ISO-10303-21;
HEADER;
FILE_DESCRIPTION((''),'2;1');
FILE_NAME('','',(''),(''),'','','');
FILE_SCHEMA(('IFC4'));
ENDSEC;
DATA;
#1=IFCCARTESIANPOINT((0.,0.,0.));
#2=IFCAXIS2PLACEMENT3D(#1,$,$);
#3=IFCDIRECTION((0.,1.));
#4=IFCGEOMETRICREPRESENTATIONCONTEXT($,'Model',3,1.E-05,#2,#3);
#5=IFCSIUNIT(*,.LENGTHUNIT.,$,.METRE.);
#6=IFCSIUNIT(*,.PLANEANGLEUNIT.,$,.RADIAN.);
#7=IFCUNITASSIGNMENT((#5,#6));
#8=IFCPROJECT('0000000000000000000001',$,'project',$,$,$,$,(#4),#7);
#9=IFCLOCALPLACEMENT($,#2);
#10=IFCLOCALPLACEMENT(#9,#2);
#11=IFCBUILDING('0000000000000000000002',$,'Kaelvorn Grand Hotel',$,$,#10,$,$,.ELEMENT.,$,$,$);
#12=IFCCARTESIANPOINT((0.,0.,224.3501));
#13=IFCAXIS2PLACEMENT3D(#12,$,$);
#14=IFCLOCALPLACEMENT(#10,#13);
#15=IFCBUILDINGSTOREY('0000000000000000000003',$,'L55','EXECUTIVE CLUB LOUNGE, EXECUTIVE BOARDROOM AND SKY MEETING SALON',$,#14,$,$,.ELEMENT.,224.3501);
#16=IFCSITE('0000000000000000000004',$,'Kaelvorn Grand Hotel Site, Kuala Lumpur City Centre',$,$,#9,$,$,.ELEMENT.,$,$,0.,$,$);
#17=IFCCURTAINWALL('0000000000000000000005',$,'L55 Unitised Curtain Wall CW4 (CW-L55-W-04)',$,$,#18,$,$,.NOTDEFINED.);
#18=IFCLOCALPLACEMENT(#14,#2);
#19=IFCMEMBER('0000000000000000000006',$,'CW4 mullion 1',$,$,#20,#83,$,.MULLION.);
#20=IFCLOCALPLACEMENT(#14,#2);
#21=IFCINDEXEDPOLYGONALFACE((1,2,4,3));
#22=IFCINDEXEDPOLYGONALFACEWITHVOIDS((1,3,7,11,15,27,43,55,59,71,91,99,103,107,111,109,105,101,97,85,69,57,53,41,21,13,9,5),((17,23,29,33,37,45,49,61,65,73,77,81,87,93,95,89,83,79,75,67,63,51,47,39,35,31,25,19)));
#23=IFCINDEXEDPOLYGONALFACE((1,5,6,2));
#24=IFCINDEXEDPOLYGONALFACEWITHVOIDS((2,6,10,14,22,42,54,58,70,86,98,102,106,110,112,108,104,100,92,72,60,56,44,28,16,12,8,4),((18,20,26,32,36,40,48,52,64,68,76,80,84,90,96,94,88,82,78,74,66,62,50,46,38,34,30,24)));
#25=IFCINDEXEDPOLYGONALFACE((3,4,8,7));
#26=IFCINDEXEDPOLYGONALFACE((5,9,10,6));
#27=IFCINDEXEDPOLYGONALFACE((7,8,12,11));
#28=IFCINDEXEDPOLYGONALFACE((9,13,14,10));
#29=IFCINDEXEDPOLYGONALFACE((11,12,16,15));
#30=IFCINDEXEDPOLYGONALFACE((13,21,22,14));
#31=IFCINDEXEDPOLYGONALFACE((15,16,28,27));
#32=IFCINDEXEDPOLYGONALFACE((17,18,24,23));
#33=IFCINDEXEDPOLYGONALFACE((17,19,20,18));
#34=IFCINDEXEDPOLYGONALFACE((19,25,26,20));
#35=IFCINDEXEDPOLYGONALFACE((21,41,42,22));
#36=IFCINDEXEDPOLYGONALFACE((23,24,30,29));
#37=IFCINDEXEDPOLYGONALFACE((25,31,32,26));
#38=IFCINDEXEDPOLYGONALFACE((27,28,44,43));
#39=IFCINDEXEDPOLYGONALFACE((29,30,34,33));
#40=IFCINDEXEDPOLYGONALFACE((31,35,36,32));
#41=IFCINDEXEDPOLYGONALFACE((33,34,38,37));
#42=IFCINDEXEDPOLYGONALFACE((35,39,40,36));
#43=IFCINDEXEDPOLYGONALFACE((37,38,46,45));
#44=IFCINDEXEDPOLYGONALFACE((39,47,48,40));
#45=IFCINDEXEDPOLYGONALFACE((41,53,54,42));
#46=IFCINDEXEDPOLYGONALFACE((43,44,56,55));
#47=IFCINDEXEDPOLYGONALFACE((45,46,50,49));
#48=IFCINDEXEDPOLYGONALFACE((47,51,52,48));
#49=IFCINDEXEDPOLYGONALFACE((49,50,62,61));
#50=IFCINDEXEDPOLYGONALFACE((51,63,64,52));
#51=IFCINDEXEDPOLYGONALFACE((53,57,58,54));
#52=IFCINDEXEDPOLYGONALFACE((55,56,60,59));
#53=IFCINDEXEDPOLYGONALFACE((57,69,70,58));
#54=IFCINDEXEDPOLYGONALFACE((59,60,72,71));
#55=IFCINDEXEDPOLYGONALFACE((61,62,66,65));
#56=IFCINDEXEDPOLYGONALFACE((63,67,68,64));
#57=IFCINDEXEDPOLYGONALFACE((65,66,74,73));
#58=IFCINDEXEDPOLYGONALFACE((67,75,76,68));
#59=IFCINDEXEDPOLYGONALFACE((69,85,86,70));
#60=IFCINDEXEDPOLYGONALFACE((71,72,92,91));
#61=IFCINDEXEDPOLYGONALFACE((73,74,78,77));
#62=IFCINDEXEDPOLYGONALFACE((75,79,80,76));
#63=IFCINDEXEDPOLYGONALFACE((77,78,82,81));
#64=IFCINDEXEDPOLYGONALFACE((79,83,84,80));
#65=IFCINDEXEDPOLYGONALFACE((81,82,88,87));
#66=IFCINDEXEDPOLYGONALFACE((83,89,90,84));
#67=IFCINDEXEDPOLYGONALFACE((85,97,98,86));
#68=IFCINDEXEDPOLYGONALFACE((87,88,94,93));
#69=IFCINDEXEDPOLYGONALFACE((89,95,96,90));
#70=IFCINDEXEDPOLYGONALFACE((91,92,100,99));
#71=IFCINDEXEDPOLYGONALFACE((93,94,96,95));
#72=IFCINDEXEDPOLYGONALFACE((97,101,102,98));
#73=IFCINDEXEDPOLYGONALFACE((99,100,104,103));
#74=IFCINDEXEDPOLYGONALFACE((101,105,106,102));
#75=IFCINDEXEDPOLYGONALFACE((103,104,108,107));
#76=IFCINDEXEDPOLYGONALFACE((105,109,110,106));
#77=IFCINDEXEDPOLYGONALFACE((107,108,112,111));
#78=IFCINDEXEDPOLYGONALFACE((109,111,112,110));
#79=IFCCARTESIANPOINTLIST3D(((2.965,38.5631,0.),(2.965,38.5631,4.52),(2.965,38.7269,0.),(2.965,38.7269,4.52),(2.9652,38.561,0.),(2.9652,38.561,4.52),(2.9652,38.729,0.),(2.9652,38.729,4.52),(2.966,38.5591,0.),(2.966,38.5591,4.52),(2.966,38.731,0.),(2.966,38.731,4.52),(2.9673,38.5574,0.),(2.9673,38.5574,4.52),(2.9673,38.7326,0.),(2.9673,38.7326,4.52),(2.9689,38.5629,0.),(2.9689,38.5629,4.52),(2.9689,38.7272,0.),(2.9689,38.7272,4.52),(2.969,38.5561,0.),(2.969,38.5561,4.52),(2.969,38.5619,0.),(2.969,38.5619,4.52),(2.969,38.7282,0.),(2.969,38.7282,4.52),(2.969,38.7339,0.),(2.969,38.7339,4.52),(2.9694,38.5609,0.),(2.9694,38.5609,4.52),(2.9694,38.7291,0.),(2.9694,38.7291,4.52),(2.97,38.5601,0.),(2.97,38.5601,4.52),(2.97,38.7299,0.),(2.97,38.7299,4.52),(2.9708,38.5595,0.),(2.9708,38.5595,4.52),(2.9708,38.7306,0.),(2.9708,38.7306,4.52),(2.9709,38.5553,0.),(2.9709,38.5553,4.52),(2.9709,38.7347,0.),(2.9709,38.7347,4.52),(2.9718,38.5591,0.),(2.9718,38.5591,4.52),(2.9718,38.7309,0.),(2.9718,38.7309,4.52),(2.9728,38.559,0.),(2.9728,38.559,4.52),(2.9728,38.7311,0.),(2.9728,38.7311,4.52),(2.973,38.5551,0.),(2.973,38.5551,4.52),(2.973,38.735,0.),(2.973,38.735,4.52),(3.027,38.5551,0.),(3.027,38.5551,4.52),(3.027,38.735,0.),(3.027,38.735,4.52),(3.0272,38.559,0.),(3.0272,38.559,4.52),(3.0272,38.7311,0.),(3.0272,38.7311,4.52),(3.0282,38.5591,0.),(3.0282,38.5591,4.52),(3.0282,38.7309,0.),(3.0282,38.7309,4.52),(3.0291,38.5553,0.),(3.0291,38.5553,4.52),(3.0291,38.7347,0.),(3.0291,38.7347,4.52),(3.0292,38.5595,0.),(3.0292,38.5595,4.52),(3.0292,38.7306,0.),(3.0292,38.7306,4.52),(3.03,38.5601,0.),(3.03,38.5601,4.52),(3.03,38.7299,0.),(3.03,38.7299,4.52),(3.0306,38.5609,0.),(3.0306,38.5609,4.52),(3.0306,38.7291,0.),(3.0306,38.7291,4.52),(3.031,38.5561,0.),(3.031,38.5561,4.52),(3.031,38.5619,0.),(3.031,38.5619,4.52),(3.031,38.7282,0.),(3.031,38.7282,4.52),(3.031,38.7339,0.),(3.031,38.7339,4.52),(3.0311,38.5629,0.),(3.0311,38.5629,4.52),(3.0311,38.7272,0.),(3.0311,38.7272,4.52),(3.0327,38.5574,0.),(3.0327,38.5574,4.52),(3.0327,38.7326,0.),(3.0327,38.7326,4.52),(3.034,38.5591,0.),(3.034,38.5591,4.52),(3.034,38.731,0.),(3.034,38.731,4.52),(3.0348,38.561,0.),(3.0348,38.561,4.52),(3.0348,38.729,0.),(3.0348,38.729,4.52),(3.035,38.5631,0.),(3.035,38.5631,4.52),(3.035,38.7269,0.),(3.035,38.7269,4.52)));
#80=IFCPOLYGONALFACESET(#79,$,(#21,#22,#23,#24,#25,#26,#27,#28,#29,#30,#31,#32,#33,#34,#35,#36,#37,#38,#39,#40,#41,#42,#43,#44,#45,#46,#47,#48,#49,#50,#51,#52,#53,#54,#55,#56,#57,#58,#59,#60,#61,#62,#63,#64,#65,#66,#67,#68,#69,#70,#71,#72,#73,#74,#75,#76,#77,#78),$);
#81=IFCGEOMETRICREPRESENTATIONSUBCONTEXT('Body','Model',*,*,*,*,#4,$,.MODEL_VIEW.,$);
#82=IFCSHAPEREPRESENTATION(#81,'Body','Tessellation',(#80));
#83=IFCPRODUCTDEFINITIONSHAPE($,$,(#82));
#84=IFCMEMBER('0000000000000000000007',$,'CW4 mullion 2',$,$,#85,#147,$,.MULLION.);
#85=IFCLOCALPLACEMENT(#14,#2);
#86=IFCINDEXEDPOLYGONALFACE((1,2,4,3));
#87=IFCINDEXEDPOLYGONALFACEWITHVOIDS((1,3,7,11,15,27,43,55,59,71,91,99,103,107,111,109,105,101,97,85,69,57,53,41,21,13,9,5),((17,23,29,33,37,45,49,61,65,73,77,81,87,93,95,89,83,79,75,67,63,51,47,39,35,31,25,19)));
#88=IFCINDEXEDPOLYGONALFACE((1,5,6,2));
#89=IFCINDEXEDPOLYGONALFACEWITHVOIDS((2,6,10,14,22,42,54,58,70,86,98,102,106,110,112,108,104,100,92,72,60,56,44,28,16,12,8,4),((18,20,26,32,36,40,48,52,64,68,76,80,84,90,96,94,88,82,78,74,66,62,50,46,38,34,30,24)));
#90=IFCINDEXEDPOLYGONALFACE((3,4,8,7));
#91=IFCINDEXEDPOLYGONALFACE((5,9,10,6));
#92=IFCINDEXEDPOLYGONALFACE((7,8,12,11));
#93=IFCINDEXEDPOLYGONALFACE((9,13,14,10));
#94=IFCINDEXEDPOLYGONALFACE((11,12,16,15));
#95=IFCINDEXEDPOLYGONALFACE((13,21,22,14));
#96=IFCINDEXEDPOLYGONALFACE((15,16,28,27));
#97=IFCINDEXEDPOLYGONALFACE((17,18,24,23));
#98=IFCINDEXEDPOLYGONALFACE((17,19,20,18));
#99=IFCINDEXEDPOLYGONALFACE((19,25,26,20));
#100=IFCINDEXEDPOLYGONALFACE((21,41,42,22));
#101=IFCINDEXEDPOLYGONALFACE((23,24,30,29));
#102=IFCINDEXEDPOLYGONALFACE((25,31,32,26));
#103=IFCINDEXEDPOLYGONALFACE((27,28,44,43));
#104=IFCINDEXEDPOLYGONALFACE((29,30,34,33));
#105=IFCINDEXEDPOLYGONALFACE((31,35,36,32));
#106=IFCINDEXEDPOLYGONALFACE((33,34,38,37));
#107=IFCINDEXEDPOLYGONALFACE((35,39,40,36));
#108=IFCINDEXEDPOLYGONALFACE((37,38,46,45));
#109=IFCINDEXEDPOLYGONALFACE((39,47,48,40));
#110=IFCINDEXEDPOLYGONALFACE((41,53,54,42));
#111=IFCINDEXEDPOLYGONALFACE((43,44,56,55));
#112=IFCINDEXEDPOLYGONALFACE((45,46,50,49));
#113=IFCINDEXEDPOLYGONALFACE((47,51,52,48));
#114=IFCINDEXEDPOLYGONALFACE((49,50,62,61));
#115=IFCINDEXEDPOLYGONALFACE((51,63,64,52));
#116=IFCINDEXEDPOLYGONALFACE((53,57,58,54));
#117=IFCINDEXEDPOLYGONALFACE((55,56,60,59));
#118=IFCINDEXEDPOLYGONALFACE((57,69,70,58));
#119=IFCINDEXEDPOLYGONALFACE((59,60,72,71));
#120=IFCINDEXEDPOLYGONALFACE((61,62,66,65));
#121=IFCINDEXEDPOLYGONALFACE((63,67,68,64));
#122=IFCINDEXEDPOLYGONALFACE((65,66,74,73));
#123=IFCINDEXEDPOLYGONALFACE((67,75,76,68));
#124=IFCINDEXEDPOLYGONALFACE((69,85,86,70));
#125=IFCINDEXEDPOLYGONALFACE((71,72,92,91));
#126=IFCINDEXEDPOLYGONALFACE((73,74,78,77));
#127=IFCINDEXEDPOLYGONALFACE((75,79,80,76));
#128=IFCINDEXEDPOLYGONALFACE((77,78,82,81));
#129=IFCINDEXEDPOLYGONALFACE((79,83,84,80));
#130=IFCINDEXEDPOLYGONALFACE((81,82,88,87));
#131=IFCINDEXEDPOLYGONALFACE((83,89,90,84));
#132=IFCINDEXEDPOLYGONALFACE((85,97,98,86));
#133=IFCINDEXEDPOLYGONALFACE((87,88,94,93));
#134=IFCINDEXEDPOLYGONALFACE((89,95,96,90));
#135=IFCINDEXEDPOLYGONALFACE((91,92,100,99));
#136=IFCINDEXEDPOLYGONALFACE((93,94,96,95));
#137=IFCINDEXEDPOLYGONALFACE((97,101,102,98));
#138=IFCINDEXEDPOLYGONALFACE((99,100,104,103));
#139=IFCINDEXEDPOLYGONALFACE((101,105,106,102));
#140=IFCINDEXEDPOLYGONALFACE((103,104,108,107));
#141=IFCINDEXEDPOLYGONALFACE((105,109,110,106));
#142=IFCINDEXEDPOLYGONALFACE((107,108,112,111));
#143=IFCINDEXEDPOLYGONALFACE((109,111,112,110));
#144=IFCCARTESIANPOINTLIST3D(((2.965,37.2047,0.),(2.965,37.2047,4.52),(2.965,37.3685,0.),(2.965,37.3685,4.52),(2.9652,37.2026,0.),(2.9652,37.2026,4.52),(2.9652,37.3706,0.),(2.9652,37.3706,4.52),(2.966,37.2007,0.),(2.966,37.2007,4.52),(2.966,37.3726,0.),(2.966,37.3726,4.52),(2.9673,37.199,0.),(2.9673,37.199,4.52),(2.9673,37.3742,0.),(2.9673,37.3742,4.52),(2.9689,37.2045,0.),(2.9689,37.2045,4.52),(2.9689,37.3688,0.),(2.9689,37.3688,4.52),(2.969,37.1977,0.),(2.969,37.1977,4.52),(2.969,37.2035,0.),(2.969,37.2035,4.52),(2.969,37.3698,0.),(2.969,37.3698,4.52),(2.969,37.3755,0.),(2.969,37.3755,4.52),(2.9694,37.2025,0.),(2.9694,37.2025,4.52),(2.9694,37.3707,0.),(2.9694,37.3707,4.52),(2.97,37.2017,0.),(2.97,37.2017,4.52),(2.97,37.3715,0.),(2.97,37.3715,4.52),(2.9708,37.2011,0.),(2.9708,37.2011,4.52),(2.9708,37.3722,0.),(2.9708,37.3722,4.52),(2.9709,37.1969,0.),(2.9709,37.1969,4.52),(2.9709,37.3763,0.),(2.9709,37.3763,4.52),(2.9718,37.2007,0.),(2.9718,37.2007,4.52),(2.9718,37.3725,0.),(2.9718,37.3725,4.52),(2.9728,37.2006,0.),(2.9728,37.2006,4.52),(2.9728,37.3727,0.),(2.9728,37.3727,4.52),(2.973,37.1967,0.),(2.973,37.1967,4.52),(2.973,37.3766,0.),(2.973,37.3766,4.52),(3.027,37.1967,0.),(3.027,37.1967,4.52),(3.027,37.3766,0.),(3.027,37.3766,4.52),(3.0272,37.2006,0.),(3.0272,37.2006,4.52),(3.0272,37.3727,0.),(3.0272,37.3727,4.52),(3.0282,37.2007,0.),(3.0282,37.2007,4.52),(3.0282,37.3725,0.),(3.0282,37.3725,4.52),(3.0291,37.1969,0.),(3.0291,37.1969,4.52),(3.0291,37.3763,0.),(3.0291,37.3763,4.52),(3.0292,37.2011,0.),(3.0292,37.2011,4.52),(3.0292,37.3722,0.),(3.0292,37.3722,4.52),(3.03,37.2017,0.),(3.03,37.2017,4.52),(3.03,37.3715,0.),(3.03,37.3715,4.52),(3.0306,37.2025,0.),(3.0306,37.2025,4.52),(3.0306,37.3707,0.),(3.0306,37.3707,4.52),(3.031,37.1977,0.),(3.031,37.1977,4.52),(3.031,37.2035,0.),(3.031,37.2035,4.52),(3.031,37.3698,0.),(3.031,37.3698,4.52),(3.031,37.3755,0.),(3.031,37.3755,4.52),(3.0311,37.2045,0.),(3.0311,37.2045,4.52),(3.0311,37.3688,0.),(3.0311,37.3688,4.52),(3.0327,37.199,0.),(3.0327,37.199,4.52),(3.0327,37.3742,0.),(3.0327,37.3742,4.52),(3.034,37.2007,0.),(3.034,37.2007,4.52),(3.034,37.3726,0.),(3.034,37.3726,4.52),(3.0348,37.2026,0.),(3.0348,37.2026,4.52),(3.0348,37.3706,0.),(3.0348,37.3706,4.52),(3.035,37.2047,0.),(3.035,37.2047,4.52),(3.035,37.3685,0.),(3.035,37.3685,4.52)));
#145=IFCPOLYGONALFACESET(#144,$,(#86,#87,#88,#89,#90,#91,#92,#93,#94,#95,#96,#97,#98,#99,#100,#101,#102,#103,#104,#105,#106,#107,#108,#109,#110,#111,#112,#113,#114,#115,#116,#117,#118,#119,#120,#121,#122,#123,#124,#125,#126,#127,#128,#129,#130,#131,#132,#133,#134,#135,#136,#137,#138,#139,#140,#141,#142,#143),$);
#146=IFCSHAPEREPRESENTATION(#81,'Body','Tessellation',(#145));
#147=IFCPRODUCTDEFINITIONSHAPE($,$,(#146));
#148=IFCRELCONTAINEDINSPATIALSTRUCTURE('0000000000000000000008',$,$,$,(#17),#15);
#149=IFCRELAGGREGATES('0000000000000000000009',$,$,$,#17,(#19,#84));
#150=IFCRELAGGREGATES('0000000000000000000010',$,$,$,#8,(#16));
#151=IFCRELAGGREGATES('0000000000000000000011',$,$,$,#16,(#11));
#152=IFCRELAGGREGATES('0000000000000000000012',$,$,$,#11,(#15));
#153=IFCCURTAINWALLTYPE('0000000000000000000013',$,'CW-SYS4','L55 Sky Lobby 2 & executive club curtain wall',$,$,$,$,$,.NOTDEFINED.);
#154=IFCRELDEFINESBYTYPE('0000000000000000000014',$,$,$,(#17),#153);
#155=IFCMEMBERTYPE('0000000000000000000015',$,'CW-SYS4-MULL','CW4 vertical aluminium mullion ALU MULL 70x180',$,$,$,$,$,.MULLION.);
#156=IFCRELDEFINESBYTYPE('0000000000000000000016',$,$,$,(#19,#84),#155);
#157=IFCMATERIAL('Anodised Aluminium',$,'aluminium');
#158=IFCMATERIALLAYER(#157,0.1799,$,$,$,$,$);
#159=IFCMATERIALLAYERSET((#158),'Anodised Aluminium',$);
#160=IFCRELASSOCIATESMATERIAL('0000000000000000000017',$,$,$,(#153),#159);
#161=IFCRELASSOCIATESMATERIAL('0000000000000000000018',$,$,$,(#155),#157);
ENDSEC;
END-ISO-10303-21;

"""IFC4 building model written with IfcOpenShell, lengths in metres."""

from ifc_helpers import new_model, si_unit, direction, frame, origin, origin_2d, place, context, subcontext, project, spatial, hollow_rectangle, extrude, material, layer, layer_set, material_profile, profile_set, type_object, element, aggregate, save


model = new_model("IFC4")

# Units and contexts
model_context = context("Model", 3, precision=1e-05, world=origin(), true_north=direction((0.0, 1.0)))
body_context = subcontext(model_context, "Body", "Model", "MODEL_VIEW")
ifc_project = project(units=[si_unit("LENGTHUNIT", "METRE"), si_unit("PLANEANGLEUNIT", "RADIAN")], contexts=[model_context])

# Site, building, storey
site_placement = place(None, origin())
site = spatial("IfcSite", under=ifc_project, at=site_placement, Name="Kaelvorn Grand Hotel Site, Kuala Lumpur City Centre", CompositionType="ELEMENT", RefElevation=0.0)
building_placement = place(site_placement, origin())
building = spatial("IfcBuilding", under=site, at=building_placement, Name="Kaelvorn Grand Hotel", CompositionType="ELEMENT")
storey_placement = place(building_placement, frame((0.0, 0.0, 224.3501)))
storey = spatial("IfcBuildingStorey", under=building, at=storey_placement, Name="L55", Description="EXECUTIVE CLUB LOUNGE, EXECUTIVE BOARDROOM AND SKY MEETING SALON", CompositionType="ELEMENT", Elevation=224.3501)

# Curtain wall, members
ifc_material_1 = material(Name="Anodised Aluminium", Category="aluminium")
ifc_layer_1 = layer(ifc_material_1, 0.1799)
ifc_layer_set_1 = layer_set([ifc_layer_1], Name="Anodised Aluminium")
curtain_wall_type = type_object("IfcCurtainWallType", Name="CW-SYS4", Description="L55 Sky Lobby 2 & executive club curtain wall", PredefinedType="NOTDEFINED", material=ifc_layer_set_1)
ifc_material_profile_1 = material_profile(ifc_material_1, hollow_rectangle(XDim=0.0701, YDim=0.1799, WallThickness=0.0039, InnerFilletRadius=0.0039, OuterFilletRadius=0.0081, at=origin_2d()), Name="ALU MULL 70x180")
ifc_profile_set_1 = profile_set([ifc_material_profile_1], Name="Anodised Aluminium")
member_type_1 = type_object("IfcMemberType", Name="CW-SYS4-MULL", Description="CW4 vertical aluminium mullion ALU MULL 70x180", PredefinedType="MULLION", material=ifc_profile_set_1)
curtain_wall_1_placement = place(storey_placement, origin())
curtain_wall_1 = element("IfcCurtainWall", 1, at=curtain_wall_1_placement, inside=storey, type_object=curtain_wall_type, Name="L55 Unitised Curtain Wall CW4 (CW-L55-W-04)", PredefinedType="NOTDEFINED")
member_1_placement = place(storey_placement, frame((3.0, 38.645, 0.0), z_axis=(0.0, 0.0, 1.0), x_axis=(1.0, 0.0, 0.0)))
member_1 = element("IfcMember", 2, at=member_1_placement, type_object=member_type_1, Name="CW4 mullion 1", PredefinedType="MULLION", context=body_context, shape_type="SweptSolid", body=[
    extrude(hollow_rectangle(XDim=0.0701, YDim=0.1799, WallThickness=0.0039, InnerFilletRadius=0.0039, OuterFilletRadius=0.0081, at=origin_2d()), origin(), (0.0, 0.0, 1.0), 4.52),
])
member_2_placement = place(storey_placement, frame((3.0, 37.2866, 0.0), z_axis=(0.0, 0.0, 1.0), x_axis=(1.0, 0.0, 0.0)))
member_2 = element("IfcMember", 3, at=member_2_placement, type_object=member_type_1, Name="CW4 mullion 2", PredefinedType="MULLION", context=body_context, shape_type="SweptSolid", body=[
    extrude(hollow_rectangle(XDim=0.0701, YDim=0.1799, WallThickness=0.0039, InnerFilletRadius=0.0039, OuterFilletRadius=0.0081, at=origin_2d()), origin(), (0.0, 0.0, 1.0), 4.52),
])

aggregate(curtain_wall_1, [member_1, member_2])

save(model, "model.ifc")
